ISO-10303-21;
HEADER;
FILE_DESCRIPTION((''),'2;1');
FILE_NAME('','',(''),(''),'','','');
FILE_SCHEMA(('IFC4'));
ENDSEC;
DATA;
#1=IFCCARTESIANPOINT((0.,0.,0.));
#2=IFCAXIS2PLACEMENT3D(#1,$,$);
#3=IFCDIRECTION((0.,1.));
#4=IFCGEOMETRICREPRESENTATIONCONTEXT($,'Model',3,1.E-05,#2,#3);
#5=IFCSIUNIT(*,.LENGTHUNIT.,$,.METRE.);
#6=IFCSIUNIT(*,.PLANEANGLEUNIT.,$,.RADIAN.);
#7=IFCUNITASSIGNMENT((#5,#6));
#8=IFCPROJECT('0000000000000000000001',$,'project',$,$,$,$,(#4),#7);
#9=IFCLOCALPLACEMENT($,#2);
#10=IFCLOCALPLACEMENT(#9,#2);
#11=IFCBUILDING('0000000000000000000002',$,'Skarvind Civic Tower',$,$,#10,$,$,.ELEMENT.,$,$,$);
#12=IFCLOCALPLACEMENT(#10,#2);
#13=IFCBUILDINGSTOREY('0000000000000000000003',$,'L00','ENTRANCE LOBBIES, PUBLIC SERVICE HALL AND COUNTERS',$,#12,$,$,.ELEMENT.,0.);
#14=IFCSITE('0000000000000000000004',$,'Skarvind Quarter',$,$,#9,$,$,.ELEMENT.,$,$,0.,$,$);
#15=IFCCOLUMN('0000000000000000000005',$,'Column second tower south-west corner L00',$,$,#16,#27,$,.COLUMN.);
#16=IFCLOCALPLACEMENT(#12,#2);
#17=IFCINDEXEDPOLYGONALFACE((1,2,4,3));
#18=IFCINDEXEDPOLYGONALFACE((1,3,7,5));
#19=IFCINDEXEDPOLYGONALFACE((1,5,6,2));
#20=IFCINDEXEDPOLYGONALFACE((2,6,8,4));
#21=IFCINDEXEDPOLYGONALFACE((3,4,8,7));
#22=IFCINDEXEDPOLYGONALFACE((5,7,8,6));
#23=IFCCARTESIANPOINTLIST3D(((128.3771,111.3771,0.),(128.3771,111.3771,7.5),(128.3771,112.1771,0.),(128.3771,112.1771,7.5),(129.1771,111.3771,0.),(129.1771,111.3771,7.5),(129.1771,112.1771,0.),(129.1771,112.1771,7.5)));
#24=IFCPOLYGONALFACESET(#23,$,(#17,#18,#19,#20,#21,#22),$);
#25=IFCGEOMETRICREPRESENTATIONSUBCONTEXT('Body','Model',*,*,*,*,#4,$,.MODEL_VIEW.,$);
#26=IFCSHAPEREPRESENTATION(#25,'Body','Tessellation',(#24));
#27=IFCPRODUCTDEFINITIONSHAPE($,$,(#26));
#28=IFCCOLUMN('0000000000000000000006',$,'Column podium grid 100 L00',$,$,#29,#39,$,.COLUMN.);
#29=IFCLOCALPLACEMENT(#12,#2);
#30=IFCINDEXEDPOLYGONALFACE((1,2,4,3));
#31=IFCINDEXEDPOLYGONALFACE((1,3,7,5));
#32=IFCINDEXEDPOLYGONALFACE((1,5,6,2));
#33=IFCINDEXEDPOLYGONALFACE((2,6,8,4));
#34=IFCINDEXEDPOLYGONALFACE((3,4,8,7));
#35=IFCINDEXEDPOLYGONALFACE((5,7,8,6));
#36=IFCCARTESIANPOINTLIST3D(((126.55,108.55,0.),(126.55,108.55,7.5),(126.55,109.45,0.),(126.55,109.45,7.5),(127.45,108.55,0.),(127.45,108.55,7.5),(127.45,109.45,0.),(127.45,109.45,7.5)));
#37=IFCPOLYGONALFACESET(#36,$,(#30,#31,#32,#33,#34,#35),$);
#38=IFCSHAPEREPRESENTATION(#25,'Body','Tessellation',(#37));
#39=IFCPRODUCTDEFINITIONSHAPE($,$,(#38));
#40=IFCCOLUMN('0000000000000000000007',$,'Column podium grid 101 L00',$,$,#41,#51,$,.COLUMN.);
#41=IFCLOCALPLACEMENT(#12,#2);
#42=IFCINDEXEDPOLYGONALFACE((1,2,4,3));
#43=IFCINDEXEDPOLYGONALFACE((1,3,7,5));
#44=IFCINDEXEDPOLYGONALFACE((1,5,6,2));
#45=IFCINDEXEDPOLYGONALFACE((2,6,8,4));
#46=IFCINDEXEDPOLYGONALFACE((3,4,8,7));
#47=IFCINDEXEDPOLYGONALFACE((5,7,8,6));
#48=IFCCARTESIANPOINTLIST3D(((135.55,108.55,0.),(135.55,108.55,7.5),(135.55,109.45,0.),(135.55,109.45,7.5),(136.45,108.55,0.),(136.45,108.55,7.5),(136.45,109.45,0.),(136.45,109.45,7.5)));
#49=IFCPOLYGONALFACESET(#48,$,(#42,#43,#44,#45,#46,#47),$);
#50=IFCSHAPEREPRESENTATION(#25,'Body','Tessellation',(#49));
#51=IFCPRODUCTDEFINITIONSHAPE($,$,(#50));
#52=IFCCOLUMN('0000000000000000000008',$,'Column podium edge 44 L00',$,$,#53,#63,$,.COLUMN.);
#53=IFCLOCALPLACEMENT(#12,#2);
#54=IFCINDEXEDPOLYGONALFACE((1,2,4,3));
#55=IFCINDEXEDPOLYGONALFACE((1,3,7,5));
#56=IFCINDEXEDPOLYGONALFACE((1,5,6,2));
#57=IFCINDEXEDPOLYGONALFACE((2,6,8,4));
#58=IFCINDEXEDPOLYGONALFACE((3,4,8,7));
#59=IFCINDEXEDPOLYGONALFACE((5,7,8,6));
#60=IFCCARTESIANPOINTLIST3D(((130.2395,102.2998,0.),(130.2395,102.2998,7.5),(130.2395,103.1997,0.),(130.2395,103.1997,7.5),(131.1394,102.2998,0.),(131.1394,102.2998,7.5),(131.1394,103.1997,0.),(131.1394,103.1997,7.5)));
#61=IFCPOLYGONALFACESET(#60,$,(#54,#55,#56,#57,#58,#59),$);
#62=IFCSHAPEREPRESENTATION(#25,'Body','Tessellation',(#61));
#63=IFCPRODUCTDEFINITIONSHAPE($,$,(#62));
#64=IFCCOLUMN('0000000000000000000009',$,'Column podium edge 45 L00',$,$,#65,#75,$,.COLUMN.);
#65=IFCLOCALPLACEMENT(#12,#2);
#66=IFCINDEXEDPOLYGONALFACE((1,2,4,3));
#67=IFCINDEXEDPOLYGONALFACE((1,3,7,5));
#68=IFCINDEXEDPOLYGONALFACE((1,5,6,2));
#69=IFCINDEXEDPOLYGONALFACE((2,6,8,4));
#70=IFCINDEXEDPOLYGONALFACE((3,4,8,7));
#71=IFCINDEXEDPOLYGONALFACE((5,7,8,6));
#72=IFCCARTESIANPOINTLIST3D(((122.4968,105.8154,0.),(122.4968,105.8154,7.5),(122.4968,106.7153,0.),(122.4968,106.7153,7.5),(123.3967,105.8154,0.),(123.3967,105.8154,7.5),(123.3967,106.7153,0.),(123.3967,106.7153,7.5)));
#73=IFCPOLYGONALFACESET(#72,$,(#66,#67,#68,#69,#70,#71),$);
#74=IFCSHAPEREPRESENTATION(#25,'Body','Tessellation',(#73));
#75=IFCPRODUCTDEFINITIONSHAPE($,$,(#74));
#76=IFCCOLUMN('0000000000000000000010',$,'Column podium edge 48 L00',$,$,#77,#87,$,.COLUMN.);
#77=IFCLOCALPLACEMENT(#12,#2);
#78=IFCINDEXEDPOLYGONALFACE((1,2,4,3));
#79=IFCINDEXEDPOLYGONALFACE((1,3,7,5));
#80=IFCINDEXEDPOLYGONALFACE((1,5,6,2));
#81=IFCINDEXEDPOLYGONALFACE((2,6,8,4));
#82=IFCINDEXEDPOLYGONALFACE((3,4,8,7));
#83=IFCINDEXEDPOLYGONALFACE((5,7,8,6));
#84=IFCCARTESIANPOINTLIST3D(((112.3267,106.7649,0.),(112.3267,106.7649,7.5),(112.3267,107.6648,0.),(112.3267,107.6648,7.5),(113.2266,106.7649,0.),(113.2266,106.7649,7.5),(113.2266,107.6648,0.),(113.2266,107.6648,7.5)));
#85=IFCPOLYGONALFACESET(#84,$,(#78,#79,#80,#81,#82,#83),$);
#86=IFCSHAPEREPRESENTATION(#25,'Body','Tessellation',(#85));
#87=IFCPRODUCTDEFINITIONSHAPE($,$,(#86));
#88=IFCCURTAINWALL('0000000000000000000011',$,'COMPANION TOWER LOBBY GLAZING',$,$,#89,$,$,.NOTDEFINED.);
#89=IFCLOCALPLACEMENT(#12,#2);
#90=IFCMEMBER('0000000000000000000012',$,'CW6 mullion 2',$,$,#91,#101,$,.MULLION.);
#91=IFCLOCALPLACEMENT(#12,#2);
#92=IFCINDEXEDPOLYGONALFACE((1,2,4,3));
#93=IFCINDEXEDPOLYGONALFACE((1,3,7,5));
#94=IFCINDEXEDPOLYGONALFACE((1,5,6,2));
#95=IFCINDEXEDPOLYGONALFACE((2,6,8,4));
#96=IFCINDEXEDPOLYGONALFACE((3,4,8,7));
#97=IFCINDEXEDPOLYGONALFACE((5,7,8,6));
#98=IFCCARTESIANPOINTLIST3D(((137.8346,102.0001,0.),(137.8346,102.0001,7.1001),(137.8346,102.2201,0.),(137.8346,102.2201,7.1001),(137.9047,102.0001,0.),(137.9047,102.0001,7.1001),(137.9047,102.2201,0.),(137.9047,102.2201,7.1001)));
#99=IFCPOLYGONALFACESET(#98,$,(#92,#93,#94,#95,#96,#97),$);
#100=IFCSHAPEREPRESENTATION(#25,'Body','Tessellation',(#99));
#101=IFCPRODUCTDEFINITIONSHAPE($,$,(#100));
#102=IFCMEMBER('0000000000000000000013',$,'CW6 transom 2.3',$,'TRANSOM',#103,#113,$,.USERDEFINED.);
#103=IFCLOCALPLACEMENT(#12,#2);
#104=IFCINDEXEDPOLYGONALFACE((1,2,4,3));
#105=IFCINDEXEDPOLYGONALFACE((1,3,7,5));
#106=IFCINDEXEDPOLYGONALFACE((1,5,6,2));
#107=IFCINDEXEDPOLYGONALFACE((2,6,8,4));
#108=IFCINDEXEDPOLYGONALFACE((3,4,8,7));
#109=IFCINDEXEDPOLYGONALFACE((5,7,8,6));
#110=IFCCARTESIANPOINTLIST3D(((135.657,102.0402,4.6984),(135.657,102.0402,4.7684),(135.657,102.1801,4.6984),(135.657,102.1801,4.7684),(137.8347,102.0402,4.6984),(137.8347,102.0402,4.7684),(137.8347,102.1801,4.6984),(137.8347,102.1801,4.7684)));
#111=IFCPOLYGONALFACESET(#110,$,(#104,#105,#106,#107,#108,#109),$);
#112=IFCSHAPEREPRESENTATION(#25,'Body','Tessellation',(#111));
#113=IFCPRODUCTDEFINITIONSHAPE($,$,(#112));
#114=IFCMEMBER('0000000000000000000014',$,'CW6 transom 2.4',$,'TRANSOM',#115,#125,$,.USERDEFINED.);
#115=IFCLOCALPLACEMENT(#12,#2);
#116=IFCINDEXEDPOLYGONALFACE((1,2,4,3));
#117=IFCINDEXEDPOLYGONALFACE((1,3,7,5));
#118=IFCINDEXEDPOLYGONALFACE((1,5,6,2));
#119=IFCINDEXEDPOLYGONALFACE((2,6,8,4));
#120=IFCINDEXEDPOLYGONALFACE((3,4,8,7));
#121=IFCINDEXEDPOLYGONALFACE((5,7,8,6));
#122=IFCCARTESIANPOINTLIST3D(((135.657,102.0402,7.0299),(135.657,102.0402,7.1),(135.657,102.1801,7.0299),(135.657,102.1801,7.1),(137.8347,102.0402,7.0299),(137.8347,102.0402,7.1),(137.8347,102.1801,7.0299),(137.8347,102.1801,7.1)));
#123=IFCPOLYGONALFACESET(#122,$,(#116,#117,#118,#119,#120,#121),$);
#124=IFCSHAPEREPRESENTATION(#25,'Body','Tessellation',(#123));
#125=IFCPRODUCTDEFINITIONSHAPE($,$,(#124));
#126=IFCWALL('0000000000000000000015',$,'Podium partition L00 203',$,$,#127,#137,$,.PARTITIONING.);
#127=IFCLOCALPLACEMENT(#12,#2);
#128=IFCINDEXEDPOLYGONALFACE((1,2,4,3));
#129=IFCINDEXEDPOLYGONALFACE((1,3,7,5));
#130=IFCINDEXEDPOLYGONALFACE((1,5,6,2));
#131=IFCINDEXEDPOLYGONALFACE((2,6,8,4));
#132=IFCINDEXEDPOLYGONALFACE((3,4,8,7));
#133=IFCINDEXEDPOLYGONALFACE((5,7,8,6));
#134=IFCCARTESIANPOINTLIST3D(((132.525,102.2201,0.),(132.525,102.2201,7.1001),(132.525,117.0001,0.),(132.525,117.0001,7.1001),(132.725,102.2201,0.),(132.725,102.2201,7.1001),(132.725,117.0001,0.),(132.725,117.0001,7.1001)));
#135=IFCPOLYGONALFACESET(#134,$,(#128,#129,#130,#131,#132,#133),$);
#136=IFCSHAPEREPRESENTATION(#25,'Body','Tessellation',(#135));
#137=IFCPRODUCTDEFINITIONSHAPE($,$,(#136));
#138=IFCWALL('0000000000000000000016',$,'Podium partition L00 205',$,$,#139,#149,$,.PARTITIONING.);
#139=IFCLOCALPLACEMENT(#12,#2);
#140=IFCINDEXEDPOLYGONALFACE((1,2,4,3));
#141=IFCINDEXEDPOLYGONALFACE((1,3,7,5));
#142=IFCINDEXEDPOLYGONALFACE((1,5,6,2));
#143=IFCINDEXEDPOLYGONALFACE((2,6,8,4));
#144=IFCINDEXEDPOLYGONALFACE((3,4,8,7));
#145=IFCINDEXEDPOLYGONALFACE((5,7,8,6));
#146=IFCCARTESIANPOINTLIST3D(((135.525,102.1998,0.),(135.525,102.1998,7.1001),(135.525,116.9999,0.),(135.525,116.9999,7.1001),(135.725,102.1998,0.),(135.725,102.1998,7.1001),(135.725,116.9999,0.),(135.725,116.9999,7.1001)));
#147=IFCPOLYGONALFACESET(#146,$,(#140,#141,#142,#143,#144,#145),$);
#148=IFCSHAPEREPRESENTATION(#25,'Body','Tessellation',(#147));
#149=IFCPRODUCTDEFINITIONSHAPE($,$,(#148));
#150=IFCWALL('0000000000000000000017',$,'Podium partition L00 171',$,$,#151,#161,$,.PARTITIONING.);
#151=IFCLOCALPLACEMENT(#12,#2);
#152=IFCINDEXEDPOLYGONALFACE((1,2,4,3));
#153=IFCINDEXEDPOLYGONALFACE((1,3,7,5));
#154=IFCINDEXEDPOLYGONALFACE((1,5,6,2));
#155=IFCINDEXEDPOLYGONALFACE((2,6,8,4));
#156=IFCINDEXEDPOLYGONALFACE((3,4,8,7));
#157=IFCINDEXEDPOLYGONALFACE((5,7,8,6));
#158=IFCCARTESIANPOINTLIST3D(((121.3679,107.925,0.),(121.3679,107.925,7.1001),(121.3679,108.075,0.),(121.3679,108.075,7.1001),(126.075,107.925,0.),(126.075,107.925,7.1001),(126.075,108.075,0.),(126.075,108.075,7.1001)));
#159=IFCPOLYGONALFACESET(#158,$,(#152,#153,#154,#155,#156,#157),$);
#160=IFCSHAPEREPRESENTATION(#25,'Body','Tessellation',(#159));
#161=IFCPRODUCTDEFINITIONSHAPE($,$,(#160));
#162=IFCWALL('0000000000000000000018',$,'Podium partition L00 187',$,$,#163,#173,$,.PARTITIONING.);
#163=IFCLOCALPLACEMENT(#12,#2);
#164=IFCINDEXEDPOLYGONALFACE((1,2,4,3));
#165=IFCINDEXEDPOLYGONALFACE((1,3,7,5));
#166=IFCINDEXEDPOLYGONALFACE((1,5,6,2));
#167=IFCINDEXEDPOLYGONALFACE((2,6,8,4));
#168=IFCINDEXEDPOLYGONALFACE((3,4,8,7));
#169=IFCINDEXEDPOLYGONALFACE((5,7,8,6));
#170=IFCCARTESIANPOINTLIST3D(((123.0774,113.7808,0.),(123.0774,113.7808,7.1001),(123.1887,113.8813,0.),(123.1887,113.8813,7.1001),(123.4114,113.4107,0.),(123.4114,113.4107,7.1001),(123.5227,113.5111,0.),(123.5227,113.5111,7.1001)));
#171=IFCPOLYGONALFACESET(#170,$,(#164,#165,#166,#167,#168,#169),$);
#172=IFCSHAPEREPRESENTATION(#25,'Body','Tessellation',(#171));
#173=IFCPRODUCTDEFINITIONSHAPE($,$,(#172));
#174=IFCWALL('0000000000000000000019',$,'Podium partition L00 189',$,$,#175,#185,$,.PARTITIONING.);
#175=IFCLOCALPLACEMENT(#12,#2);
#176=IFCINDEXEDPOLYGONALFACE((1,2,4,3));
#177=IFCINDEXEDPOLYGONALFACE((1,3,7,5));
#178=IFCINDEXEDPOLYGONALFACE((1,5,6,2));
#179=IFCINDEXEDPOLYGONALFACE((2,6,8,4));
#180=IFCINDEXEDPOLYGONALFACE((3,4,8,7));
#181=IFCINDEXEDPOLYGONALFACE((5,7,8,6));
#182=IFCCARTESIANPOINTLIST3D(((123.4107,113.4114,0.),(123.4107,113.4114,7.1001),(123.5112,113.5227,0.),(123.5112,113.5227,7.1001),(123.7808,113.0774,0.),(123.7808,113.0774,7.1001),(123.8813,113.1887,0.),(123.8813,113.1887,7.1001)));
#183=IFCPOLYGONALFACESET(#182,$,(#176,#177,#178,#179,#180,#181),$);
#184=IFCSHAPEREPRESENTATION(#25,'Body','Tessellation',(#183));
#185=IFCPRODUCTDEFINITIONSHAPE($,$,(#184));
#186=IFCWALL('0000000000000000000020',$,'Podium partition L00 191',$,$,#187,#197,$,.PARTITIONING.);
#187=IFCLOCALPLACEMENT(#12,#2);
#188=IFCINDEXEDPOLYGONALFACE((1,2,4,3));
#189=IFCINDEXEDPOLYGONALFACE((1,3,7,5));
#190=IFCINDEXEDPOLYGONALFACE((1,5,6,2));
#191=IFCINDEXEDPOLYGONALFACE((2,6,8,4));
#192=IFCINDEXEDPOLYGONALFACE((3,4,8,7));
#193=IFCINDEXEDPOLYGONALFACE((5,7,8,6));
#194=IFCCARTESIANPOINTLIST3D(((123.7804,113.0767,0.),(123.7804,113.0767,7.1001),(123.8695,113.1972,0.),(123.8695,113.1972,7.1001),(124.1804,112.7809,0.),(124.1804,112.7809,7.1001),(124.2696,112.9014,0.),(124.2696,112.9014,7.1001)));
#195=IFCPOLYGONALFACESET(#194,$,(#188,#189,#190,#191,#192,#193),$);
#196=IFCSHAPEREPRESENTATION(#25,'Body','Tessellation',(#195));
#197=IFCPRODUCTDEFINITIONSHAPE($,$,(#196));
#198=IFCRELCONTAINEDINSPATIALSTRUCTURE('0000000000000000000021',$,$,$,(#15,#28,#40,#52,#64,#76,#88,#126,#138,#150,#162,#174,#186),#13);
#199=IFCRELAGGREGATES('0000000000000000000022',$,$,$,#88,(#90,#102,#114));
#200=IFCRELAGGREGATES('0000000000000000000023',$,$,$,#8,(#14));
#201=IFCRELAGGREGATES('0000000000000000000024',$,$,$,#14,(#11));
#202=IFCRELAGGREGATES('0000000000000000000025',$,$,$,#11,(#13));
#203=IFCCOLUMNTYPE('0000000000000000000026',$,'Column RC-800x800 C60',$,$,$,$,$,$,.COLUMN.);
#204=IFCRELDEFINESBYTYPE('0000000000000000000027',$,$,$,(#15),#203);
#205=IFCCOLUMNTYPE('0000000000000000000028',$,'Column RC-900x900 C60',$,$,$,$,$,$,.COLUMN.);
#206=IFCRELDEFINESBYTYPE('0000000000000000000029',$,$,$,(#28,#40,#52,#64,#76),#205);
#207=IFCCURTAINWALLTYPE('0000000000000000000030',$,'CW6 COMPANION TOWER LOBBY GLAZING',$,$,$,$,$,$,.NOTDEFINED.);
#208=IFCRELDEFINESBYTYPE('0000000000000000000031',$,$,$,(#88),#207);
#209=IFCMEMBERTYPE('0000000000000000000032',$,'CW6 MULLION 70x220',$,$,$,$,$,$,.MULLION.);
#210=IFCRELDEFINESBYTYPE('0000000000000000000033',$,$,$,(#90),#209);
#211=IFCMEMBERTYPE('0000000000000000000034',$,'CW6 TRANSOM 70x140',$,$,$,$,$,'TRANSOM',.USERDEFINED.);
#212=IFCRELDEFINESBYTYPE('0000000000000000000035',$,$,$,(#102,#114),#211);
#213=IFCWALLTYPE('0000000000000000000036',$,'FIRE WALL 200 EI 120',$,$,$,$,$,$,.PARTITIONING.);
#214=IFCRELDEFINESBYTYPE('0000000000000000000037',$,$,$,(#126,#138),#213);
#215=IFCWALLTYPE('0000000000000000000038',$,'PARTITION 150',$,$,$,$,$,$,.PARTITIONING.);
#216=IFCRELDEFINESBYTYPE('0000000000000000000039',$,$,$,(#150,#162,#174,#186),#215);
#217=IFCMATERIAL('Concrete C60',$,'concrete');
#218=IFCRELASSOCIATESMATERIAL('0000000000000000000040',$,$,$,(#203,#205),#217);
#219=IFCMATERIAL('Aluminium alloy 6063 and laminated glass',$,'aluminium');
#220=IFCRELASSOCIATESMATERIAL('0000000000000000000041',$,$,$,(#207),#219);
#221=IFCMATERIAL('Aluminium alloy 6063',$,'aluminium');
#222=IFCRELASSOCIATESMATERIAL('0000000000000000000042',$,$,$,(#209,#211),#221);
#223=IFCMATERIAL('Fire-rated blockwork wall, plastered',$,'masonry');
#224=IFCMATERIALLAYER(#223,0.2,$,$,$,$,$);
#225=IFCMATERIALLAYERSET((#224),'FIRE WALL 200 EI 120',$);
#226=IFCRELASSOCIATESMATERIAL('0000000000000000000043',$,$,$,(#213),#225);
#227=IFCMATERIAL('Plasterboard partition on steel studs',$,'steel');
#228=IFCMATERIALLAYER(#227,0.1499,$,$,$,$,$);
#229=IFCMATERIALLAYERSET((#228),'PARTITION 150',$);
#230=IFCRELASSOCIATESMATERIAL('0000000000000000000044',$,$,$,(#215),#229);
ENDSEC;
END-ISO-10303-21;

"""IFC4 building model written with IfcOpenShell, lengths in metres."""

from ifc_helpers import new_model, si_unit, direction, frame, frame_2d, origin, origin_2d, place, context, subcontext, project, spatial, rectangle, extrude, material, layer, layer_set, material_profile, profile_set, type_object, element, aggregate, save


model = new_model("IFC4")

# Units and contexts
model_context = context("Model", 3, precision=1e-05, world=origin(), true_north=direction((0.0, 1.0)))
body_context = subcontext(model_context, "Body", "Model", "MODEL_VIEW")
ifc_project = project(units=[si_unit("LENGTHUNIT", "METRE"), si_unit("PLANEANGLEUNIT", "RADIAN")], contexts=[model_context])

# Site, building, storey
site_placement = place(None, origin())
site = spatial("IfcSite", under=ifc_project, at=site_placement, Name="Skarvind Quarter", CompositionType="ELEMENT", RefElevation=0.0)
building_placement = place(site_placement, origin())
building = spatial("IfcBuilding", under=site, at=building_placement, Name="Skarvind Civic Tower", CompositionType="ELEMENT")
storey_placement = place(building_placement, origin())
storey = spatial("IfcBuildingStorey", under=building, at=storey_placement, Name="L00", Description="ENTRANCE LOBBIES, PUBLIC SERVICE HALL AND COUNTERS", CompositionType="ELEMENT", Elevation=0.0)

# Columns
ifc_material_1 = material(Name="Concrete C60", Category="concrete")
ifc_material_profile_1 = material_profile(ifc_material_1, rectangle(XDim=0.8, YDim=0.8, at=origin_2d()), Name="RC-800x800")
ifc_profile_set_1 = profile_set([ifc_material_profile_1], Name="Concrete C60")
column_type_1 = type_object("IfcColumnType", Name="Column RC-800x800 C60", PredefinedType="COLUMN", material=ifc_profile_set_1)
column_placement = place(storey_placement, frame((128.7771, 111.7771, 0.0), z_axis=(0.0, 0.0, 1.0), x_axis=(1.0, 0.0, 0.0)))
element("IfcColumn", 1, at=column_placement, inside=storey, type_object=column_type_1, Name="Column second tower south-west corner L00", PredefinedType="COLUMN", context=body_context, shape_type="SweptSolid", body=[
    extrude(rectangle(XDim=0.8, YDim=0.8, at=origin_2d()), origin(), (0.0, 0.0, 1.0), 7.5),
])
ifc_material_profile_2 = material_profile(ifc_material_1, rectangle(XDim=0.8999, YDim=0.8999, at=origin_2d()), Name="RC-900x900")
ifc_profile_set_2 = profile_set([ifc_material_profile_2], Name="Concrete C60")
column_type_2 = type_object("IfcColumnType", Name="Column RC-900x900 C60", PredefinedType="COLUMN", material=ifc_profile_set_2)
for number, where, z_axis, x_axis, name in (
    (2, (127.0, 109.0, 0.0), (0.0, 0.0, 1.0), (1.0, 0.0, 0.0), "Column podium grid 100 L00"),
    (3, (136.0, 109.0, 0.0), (0.0, 0.0, 1.0), (1.0, 0.0, 0.0), "Column podium grid 101 L00"),
    (4, (130.6895, 102.7498, 0.0), (0.0, 0.0, 1.0), (1.0, 0.0, 0.0), "Column podium edge 44 L00"),
    (5, (122.9468, 106.2654, 0.0), (0.0, 0.0, 1.0), (1.0, 0.0, 0.0), "Column podium edge 45 L00"),
    (6, (112.7766, 107.2148, 0.0), (0.0, 0.0, 1.0), (1.0, 0.0, 0.0), "Column podium edge 48 L00"),
):
    element("IfcColumn", number, at=place(storey_placement, frame(where, z_axis=z_axis, x_axis=x_axis)), inside=storey, type_object=column_type_2, Name=name, PredefinedType="COLUMN", context=body_context, shape_type="SweptSolid", body=[
        extrude(rectangle(XDim=0.8999, YDim=0.8999, at=origin_2d()), origin(), (0.0, 0.0, 1.0), 7.5),
    ])

# Curtain wall, members
ifc_material_2 = material(Name="Aluminium alloy 6063 and laminated glass", Category="aluminium")
curtain_wall_type = type_object("IfcCurtainWallType", Name="CW6 COMPANION TOWER LOBBY GLAZING", PredefinedType="NOTDEFINED", material=ifc_material_2)
curtain_wall_placement = place(storey_placement, origin())
curtain_wall = element("IfcCurtainWall", 7, at=curtain_wall_placement, inside=storey, type_object=curtain_wall_type, Name="COMPANION TOWER LOBBY GLAZING", PredefinedType="NOTDEFINED")
ifc_material_3 = material(Name="Aluminium alloy 6063", Category="aluminium")
ifc_material_profile_3 = material_profile(ifc_material_3, rectangle(XDim=0.22, YDim=0.0701, at=origin_2d()), Name="AL 70x220")
ifc_profile_set_3 = profile_set([ifc_material_profile_3], Name="Aluminium alloy 6063")
member_type_1 = type_object("IfcMemberType", Name="CW6 MULLION 70x220", PredefinedType="MULLION", material=ifc_profile_set_3)
member_1_placement = place(storey_placement, frame((137.8696, 102.1101, 0.0), z_axis=(0.0, 0.0, 1.0), x_axis=(0.0, -1.0, 0.0)))
member_1 = element("IfcMember", 8, at=member_1_placement, type_object=member_type_1, Name="CW6 mullion 2", PredefinedType="MULLION", context=body_context, shape_type="SweptSolid", body=[
    extrude(rectangle(XDim=0.22, YDim=0.0701, at=origin_2d()), origin(), (0.0, 0.0, 1.0), 7.1001),
])
ifc_material_profile_4 = material_profile(ifc_material_3, rectangle(XDim=0.1399, YDim=0.0701, at=origin_2d()), Name="AL 70x140")
ifc_profile_set_4 = profile_set([ifc_material_profile_4], Name="Aluminium alloy 6063")
member_type_2 = type_object("IfcMemberType", Name="CW6 TRANSOM 70x140", ElementType="TRANSOM", PredefinedType="USERDEFINED", material=ifc_profile_set_4)
member_2_placement = place(storey_placement, frame((137.8347, 102.1101, 4.7334), z_axis=(-1.0, 0.0, 0.0), x_axis=(0.0, -1.0, 0.0)))
member_2 = element("IfcMember", 9, at=member_2_placement, type_object=member_type_2, Name="CW6 transom 2.3", ObjectType="TRANSOM", PredefinedType="USERDEFINED", context=body_context, shape_type="SweptSolid", body=[
    extrude(rectangle(XDim=0.1399, YDim=0.0701, at=origin_2d()), origin(), (0.0, 0.0, 1.0), 2.1777),
])
member_3_placement = place(storey_placement, frame((137.8347, 102.1101, 7.0649), z_axis=(-1.0, 0.0, 0.0), x_axis=(0.0, -1.0, 0.0)))
member_3 = element("IfcMember", 10, at=member_3_placement, type_object=member_type_2, Name="CW6 transom 2.4", ObjectType="TRANSOM", PredefinedType="USERDEFINED", context=body_context, shape_type="SweptSolid", body=[
    extrude(rectangle(XDim=0.1399, YDim=0.0701, at=origin_2d()), origin(), (0.0, 0.0, 1.0), 2.1777),
])
aggregate(curtain_wall, [member_1, member_2, member_3])

# Walls
ifc_material_4 = material(Name="Fire-rated blockwork wall, plastered", Category="masonry")
ifc_layer_1 = layer(ifc_material_4, 0.2)
ifc_layer_set_1 = layer_set([ifc_layer_1], Name="FIRE WALL 200 EI 120")
wall_type_1 = type_object("IfcWallType", Name="FIRE WALL 200 EI 120", PredefinedType="PARTITIONING", material=ifc_layer_set_1)
wall_1_placement = place(storey_placement, frame((132.625, 102.22, 0.0), z_axis=(0.0, 0.0, 1.0), x_axis=(0.0, 1.0, 0.0)))
element("IfcWall", 11, at=wall_1_placement, inside=storey, type_object=wall_type_1, Name="Podium partition L00 203", PredefinedType="PARTITIONING", context=body_context, shape_type="SweptSolid", body=[
    extrude(rectangle(XDim=14.78, YDim=0.2, at=frame_2d((7.3901, 0.0))), origin(), (0.0, 0.0, 1.0), 7.1001),
])
wall_2_placement = place(storey_placement, frame((135.625, 102.2, 0.0), z_axis=(0.0, 0.0, 1.0), x_axis=(0.0, 1.0, 0.0)))
element("IfcWall", 12, at=wall_2_placement, inside=storey, type_object=wall_type_1, Name="Podium partition L00 205", PredefinedType="PARTITIONING", context=body_context, shape_type="SweptSolid", body=[
    extrude(rectangle(XDim=14.8, YDim=0.2, at=frame_2d((7.3999, 0.0))), origin(), (0.0, 0.0, 1.0), 7.1001),
])
ifc_material_5 = material(Name="Plasterboard partition on steel studs", Category="steel")
ifc_layer_2 = layer(ifc_material_5, 0.1499)
ifc_layer_set_2 = layer_set([ifc_layer_2], Name="PARTITION 150")
wall_type_2 = type_object("IfcWallType", Name="PARTITION 150", PredefinedType="PARTITIONING", material=ifc_layer_set_2)
wall_3_placement = place(storey_placement, frame((121.3679, 108.0, 0.0), z_axis=(0.0, 0.0, 1.0), x_axis=(1.0, 0.0, 0.0)))
element("IfcWall", 13, at=wall_3_placement, inside=storey, type_object=wall_type_2, Name="Podium partition L00 171", PredefinedType="PARTITIONING", context=body_context, shape_type="SweptSolid", body=[
    extrude(rectangle(XDim=4.707, YDim=0.1499, at=frame_2d((2.3535, 0.0))), origin(), (0.0, 0.0, 1.0), 7.1001),
])
for number, where, z_axis, x_axis, name in (
    (14, (123.1331, 113.8311, 0.0), (0.0, 0.0, 1.0), (0.669938, -0.742417, 0.0), "Podium partition L00 187"),
    (15, (123.4609, 113.467, 0.0), (0.0, 0.0, 1.0), (0.742417, -0.669938, 0.0), "Podium partition L00 189"),
):
    element("IfcWall", number, at=place(storey_placement, frame(where, z_axis=z_axis, x_axis=x_axis)), inside=storey, type_object=wall_type_2, Name=name, PredefinedType="PARTITIONING", context=body_context, shape_type="SweptSolid", body=[
        extrude(rectangle(XDim=0.4985, YDim=0.1499, at=frame_2d((0.2493, 0.0))), origin(), (0.0, 0.0, 1.0), 7.1001),
    ])
wall_4_placement = place(storey_placement, frame((123.825, 113.137, 0.0), z_axis=(0.0, 0.0, 1.0), x_axis=(0.804044, -0.59457, 0.0)))
element("IfcWall", 16, at=wall_4_placement, inside=storey, type_object=wall_type_2, Name="Podium partition L00 191", PredefinedType="PARTITIONING", context=body_context, shape_type="SweptSolid", body=[
    extrude(rectangle(XDim=0.4976, YDim=0.1499, at=frame_2d((0.2488, 0.0))), origin(), (0.0, 0.0, 1.0), 7.1001),
])

save(model, "model.ifc")
